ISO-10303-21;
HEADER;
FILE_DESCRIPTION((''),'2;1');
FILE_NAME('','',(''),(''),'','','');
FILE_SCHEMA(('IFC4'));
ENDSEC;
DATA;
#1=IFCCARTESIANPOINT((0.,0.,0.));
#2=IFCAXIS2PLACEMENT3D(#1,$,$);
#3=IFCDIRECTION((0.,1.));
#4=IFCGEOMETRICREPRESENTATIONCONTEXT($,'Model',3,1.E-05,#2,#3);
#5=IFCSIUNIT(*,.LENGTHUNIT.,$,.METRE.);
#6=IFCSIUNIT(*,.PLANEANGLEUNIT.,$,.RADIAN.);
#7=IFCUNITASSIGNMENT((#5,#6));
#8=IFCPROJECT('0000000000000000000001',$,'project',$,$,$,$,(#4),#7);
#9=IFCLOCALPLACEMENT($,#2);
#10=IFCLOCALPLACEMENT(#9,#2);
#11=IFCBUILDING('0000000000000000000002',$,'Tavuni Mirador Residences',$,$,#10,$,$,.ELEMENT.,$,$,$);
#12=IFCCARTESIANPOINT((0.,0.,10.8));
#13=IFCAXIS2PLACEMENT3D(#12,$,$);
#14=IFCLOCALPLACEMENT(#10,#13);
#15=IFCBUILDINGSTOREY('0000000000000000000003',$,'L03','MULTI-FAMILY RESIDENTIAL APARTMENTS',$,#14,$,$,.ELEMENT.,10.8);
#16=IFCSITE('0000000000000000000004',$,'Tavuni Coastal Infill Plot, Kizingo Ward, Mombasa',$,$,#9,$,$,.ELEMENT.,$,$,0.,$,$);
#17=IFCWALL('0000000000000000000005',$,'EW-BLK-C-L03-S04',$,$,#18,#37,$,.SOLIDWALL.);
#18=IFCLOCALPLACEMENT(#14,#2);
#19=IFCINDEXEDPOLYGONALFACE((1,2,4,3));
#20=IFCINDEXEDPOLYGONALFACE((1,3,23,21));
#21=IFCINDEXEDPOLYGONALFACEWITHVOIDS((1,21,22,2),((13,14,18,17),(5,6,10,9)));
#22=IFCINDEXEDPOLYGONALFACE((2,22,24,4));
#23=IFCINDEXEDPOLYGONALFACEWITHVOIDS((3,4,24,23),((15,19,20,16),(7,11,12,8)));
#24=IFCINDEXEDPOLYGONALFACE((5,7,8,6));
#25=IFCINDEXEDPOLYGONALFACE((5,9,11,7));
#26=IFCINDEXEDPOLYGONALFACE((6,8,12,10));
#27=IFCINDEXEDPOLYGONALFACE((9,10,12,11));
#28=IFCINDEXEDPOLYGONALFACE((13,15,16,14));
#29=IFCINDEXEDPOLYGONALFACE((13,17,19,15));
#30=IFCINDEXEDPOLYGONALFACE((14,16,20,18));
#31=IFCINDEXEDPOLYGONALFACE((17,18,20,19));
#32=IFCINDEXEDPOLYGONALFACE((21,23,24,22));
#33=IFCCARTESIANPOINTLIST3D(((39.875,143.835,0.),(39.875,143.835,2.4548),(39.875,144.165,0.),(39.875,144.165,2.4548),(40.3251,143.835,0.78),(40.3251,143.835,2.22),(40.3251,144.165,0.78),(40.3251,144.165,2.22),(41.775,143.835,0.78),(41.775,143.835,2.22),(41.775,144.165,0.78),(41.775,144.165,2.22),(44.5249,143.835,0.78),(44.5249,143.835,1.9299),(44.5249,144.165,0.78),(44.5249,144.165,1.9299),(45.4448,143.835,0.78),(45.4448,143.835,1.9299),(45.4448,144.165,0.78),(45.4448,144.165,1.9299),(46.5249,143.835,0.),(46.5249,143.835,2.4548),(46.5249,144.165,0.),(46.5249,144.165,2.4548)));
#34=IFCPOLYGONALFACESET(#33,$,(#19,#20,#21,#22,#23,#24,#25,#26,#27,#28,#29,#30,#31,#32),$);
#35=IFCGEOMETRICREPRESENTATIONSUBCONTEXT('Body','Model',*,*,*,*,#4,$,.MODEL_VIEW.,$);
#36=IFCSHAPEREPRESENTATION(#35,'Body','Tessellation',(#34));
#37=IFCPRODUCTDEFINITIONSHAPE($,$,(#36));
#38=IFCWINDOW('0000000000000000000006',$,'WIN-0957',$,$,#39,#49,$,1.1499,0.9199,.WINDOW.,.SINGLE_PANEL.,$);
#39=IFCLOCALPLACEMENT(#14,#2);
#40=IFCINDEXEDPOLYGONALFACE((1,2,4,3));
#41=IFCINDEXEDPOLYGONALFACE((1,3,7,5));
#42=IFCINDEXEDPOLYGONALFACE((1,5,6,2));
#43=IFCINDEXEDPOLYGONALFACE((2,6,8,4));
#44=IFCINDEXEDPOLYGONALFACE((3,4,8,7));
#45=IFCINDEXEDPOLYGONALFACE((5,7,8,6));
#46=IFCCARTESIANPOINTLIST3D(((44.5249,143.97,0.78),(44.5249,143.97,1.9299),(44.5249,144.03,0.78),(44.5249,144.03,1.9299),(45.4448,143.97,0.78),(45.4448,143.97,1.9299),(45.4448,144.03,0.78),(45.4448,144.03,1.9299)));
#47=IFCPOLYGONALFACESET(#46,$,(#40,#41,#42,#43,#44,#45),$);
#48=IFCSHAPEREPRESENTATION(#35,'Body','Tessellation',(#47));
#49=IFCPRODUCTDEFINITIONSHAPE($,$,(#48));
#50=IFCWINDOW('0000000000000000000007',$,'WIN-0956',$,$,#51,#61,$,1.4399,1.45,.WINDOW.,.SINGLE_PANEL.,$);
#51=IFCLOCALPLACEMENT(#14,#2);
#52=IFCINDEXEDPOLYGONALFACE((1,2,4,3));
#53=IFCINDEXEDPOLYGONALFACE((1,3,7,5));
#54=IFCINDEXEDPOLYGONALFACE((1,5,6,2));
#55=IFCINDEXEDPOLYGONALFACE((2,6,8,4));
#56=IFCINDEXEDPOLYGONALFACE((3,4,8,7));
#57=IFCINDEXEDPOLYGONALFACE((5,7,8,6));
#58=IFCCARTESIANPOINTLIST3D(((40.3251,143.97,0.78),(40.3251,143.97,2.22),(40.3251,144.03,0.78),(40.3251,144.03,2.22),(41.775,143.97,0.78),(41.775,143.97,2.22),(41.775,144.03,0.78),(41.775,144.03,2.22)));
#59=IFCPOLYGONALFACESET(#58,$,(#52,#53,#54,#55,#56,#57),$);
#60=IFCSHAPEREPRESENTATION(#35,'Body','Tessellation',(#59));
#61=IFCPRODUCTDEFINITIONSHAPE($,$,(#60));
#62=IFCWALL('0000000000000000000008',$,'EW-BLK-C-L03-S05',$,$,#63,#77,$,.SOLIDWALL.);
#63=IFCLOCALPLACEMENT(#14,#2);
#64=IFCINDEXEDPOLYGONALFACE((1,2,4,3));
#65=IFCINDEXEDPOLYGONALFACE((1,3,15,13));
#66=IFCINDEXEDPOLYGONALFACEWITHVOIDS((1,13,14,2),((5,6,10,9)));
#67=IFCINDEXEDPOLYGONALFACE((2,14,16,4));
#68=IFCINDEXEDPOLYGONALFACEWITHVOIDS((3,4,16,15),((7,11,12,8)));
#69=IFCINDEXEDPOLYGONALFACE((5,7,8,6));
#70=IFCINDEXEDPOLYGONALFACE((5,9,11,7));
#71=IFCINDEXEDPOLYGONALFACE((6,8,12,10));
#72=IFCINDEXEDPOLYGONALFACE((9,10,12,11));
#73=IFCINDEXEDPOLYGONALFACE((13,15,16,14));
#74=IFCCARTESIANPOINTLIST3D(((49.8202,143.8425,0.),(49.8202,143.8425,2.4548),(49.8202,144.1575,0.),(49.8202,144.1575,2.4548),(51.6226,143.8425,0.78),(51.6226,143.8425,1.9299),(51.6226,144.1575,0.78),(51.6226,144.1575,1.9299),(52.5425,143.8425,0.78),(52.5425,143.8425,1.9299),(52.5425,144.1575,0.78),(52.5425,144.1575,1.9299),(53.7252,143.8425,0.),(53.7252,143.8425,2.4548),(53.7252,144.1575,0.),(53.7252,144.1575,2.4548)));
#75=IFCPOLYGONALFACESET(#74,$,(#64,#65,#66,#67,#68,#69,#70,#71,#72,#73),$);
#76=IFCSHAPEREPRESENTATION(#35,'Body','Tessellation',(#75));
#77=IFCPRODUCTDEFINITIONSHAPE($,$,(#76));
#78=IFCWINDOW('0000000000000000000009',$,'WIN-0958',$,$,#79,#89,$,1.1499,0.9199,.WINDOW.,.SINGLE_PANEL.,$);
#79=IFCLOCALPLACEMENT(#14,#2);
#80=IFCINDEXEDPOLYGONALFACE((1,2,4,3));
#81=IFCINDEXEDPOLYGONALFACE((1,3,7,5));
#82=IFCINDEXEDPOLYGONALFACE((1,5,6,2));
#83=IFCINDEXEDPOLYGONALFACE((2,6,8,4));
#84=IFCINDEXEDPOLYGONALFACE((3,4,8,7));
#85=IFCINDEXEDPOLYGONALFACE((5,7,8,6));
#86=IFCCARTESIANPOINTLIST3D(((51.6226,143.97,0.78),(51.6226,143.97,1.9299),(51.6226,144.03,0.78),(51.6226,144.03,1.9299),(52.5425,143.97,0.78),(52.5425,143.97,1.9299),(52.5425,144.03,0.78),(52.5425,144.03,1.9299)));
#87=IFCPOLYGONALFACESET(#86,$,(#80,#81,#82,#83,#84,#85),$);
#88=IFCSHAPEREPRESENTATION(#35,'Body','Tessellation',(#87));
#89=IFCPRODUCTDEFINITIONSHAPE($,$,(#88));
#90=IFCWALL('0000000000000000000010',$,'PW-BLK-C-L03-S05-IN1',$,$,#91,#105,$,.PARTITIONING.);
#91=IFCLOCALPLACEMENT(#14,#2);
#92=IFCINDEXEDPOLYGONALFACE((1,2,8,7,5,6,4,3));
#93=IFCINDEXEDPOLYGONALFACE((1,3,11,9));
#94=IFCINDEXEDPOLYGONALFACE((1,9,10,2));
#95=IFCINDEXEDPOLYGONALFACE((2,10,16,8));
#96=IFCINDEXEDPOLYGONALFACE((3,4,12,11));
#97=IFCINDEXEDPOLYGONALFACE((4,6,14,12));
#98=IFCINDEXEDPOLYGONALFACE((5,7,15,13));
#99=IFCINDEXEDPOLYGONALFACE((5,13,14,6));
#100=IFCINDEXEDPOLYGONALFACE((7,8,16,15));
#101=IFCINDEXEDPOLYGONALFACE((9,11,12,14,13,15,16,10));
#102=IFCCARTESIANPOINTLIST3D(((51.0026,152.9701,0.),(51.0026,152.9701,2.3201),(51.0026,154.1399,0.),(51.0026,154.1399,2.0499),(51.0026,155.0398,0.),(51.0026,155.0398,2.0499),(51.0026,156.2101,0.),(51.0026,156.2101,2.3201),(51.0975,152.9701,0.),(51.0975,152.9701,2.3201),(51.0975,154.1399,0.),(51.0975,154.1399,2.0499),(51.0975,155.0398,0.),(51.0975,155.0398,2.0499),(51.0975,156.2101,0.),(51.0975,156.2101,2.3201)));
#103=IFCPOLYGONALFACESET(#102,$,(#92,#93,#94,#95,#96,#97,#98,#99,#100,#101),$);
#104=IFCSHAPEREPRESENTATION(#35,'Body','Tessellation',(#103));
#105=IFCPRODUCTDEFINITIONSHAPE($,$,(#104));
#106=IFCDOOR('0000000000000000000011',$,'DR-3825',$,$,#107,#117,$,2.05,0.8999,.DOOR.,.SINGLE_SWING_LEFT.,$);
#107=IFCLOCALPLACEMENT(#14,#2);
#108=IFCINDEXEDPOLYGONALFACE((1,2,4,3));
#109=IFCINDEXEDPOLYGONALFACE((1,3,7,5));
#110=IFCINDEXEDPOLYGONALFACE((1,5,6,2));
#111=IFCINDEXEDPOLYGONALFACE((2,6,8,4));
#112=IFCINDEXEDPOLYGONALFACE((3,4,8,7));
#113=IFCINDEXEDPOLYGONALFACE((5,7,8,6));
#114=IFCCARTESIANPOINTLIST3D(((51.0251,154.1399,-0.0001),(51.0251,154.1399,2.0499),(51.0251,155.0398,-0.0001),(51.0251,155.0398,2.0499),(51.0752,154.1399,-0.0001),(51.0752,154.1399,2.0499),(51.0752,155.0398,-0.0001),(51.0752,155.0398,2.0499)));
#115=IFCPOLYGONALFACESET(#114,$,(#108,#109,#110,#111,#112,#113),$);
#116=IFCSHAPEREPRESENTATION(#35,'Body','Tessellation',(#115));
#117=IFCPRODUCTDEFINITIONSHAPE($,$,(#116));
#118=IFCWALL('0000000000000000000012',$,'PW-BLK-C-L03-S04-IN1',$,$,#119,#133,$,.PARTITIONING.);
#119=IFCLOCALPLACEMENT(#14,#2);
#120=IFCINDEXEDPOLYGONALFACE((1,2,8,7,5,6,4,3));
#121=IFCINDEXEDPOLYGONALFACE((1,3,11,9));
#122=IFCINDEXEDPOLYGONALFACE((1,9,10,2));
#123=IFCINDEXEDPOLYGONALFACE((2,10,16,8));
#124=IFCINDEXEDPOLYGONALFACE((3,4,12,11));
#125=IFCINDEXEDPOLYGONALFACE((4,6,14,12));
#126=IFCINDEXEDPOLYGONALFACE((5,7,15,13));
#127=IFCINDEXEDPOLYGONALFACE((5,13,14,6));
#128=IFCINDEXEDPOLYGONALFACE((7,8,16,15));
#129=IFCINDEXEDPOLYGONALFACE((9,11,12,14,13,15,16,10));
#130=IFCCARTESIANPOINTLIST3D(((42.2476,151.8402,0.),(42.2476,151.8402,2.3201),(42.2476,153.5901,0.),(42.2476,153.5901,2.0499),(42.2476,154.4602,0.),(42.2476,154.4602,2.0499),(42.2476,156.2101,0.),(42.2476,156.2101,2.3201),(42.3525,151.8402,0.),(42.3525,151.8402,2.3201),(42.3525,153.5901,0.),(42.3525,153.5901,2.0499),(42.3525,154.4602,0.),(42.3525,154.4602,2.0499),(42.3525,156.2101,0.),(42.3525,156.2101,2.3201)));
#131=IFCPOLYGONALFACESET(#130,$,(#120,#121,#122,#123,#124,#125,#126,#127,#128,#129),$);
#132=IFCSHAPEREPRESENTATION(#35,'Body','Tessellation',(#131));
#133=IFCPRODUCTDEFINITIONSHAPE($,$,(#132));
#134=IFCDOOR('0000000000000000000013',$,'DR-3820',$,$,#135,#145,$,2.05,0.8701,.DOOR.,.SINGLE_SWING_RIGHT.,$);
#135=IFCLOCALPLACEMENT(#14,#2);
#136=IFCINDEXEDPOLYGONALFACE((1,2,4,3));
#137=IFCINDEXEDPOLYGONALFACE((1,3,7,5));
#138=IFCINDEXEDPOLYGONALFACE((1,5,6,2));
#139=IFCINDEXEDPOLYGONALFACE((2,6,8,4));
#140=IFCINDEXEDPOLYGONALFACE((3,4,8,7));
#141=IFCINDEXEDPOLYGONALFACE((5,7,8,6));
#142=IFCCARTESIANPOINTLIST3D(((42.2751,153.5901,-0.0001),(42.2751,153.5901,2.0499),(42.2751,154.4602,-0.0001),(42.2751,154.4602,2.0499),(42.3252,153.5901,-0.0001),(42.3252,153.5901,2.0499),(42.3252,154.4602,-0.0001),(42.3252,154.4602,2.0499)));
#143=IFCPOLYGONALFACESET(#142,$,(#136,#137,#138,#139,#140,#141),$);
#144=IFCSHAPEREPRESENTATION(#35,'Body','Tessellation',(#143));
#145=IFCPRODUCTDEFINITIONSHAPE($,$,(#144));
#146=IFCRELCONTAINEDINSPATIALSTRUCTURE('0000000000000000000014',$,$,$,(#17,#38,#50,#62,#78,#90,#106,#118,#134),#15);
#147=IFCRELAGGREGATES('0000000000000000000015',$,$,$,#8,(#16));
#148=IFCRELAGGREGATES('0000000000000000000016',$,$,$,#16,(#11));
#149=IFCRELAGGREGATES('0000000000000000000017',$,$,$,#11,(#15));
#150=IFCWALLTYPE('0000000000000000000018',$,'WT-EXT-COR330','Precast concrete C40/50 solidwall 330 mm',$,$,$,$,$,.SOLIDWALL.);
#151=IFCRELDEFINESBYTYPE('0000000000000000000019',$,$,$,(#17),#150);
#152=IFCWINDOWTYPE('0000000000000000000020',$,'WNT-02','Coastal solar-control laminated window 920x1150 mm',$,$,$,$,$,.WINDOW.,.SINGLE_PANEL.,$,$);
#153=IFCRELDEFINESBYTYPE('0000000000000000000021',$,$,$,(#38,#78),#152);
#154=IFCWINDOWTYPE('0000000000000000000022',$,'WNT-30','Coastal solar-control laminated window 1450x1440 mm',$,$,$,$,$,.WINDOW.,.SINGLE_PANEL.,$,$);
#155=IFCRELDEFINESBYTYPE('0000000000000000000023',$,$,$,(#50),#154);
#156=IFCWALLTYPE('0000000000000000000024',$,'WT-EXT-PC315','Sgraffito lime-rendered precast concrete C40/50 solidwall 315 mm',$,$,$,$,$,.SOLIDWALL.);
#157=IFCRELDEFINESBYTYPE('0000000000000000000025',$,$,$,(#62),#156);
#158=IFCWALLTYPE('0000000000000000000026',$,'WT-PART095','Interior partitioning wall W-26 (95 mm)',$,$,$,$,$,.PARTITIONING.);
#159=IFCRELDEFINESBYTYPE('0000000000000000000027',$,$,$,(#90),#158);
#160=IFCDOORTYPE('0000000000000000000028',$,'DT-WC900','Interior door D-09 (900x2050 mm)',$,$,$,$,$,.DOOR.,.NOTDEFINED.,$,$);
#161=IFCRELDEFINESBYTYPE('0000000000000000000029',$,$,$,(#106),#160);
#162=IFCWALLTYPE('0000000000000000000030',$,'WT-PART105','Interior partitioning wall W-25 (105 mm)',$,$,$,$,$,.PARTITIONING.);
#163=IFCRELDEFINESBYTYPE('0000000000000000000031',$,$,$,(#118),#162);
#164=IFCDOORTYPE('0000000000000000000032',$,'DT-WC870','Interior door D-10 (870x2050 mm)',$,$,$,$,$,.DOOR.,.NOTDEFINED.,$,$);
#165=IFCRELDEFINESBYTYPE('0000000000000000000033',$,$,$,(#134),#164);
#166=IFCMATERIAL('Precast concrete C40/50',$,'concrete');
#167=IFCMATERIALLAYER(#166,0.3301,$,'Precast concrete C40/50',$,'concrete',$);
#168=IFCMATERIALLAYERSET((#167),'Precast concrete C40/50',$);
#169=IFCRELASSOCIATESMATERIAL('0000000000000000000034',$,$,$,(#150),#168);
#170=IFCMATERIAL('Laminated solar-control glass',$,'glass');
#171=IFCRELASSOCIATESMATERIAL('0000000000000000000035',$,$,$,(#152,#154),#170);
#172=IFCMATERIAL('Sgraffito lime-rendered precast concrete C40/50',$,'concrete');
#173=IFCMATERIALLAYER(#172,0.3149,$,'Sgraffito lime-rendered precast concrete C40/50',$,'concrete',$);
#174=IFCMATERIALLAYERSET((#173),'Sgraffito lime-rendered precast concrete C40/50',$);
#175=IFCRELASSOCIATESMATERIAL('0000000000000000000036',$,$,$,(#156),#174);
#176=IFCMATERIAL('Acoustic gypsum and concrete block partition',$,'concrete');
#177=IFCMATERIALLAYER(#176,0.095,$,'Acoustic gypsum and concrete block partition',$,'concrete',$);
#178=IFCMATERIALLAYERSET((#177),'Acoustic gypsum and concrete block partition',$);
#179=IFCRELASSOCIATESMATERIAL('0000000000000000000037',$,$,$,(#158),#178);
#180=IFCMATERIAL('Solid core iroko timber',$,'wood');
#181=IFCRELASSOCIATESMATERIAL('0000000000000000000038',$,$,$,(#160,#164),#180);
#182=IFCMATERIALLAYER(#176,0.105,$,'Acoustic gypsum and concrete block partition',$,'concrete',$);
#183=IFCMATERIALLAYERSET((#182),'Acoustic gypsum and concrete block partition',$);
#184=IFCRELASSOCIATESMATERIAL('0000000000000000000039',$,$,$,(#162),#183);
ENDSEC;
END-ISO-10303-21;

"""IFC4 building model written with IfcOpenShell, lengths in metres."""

from ifc_helpers import new_model, si_unit, direction, frame, frame_2d, origin, place, context, subcontext, project, spatial, rectangle, extrude, material, layer, layer_set, type_object, element, fill, save


model = new_model("IFC4")

# Units and contexts
model_context = context("Model", 3, precision=1e-05, world=origin(), true_north=direction((0.0, 1.0)))
body_context = subcontext(model_context, "Body", "Model", "MODEL_VIEW")
ifc_project = project(units=[si_unit("LENGTHUNIT", "METRE"), si_unit("PLANEANGLEUNIT", "RADIAN")], contexts=[model_context])

# Site, building, storey
site_placement = place(None, origin())
site = spatial("IfcSite", under=ifc_project, at=site_placement, Name="Tavuni Coastal Infill Plot, Kizingo Ward, Mombasa", CompositionType="ELEMENT", RefElevation=0.0)
building_placement = place(site_placement, origin())
building = spatial("IfcBuilding", under=site, at=building_placement, Name="Tavuni Mirador Residences", CompositionType="ELEMENT")
storey_placement = place(building_placement, frame((0.0, 0.0, 10.8)))
storey = spatial("IfcBuildingStorey", under=building, at=storey_placement, Name="L03", Description="MULTI-FAMILY RESIDENTIAL APARTMENTS", CompositionType="ELEMENT", Elevation=10.8)

# Shared definitions
ifc_material_1 = material(Name="Precast concrete C40/50", Category="concrete")

# Wall, openings, windows
ifc_layer_1 = layer(ifc_material_1, 0.3301, Name="Precast concrete C40/50", Category="concrete")
ifc_layer_set_1 = layer_set([ifc_layer_1], Name="Precast concrete C40/50")
wall_type_1 = type_object("IfcWallType", Name="WT-EXT-COR330", Description="Precast concrete C40/50 solidwall 330 mm", PredefinedType="SOLIDWALL", material=ifc_layer_set_1)
wall_1_placement = place(storey_placement, frame((39.875, 144.0, 0.0), z_axis=(0.0, 0.0, 1.0), x_axis=(1.0, 0.0, 0.0)))
wall_1 = element("IfcWall", 1, at=wall_1_placement, inside=storey, type_object=wall_type_1, Name="EW-BLK-C-L03-S04", PredefinedType="SOLIDWALL", context=body_context, shape_type="SweptSolid", body=[
    extrude(rectangle(XDim=6.6499, YDim=0.3301, at=frame_2d((3.325, 0.0))), origin(), (0.0, 0.0, 1.0), 2.4548),
])
opening_1_placement = place(wall_1_placement, frame((0.45, 0.0, 0.78)))
opening_1 = element("IfcOpeningElement", 2, at=opening_1_placement, cuts=wall_1, PredefinedType="OPENING", context=body_context, shape_type="SweptSolid", body=[
    extrude(rectangle(XDim=1.45, YDim=1.4399, at=frame_2d((0.7251, 0.72))), frame((0.0, 0.175, 0.0), z_axis=(0.0, -1.0, 0.0), x_axis=(1.0, 0.0, 0.0)), (0.0, 0.0, 1.0), 0.3501),
])
opening_2_placement = place(wall_1_placement, frame((4.6499, 0.0, 0.78)))
opening_2 = element("IfcOpeningElement", 3, at=opening_2_placement, cuts=wall_1, PredefinedType="OPENING", context=body_context, shape_type="SweptSolid", body=[
    extrude(rectangle(XDim=0.9199, YDim=1.1499, at=frame_2d((0.46, 0.575))), frame((0.0, 0.175, 0.0), z_axis=(0.0, -1.0, 0.0), x_axis=(1.0, 0.0, 0.0)), (0.0, 0.0, 1.0), 0.3501),
])
ifc_material_2 = material(Name="Laminated solar-control glass", Category="glass")
window_type_1 = type_object("IfcWindowType", Name="WNT-02", Description="Coastal solar-control laminated window 920x1150 mm", PartitioningType="SINGLE_PANEL", PredefinedType="WINDOW", material=ifc_material_2)
window_1_placement = place(opening_2_placement, origin())
window_1 = element("IfcWindow", 4, at=window_1_placement, inside=storey, type_object=window_type_1, Name="WIN-0957", OverallHeight=1.1499, OverallWidth=0.9199, PartitioningType="SINGLE_PANEL", PredefinedType="WINDOW", context=body_context, shape_type="SweptSolid", body=[
    extrude(rectangle(XDim=0.9199, YDim=1.1499, at=frame_2d((0.46, 0.575))), frame((0.0, 0.03, 0.0), z_axis=(0.0, -1.0, 0.0), x_axis=(1.0, 0.0, 0.0)), (0.0, 0.0, 1.0), 0.0601),
])
fill(opening_2, window_1)
window_type_2 = type_object("IfcWindowType", Name="WNT-30", Description="Coastal solar-control laminated window 1450x1440 mm", PartitioningType="SINGLE_PANEL", PredefinedType="WINDOW", material=ifc_material_2)
window_2_placement = place(opening_1_placement, origin())
window_2 = element("IfcWindow", 5, at=window_2_placement, inside=storey, type_object=window_type_2, Name="WIN-0956", OverallHeight=1.4399, OverallWidth=1.45, PartitioningType="SINGLE_PANEL", PredefinedType="WINDOW", context=body_context, shape_type="SweptSolid", body=[
    extrude(rectangle(XDim=1.45, YDim=1.4399, at=frame_2d((0.7251, 0.72))), frame((0.0, 0.03, 0.0), z_axis=(0.0, -1.0, 0.0), x_axis=(1.0, 0.0, 0.0)), (0.0, 0.0, 1.0), 0.0601),
])
fill(opening_1, window_2)

# Wall, opening, window
ifc_material_3 = material(Name="Sgraffito lime-rendered precast concrete C40/50", Category="concrete")
ifc_layer_2 = layer(ifc_material_3, 0.3149, Name="Sgraffito lime-rendered precast concrete C40/50", Category="concrete")
ifc_layer_set_2 = layer_set([ifc_layer_2], Name="Sgraffito lime-rendered precast concrete C40/50")
wall_type_2 = type_object("IfcWallType", Name="WT-EXT-PC315", Description="Sgraffito lime-rendered precast concrete C40/50 solidwall 315 mm", PredefinedType="SOLIDWALL", material=ifc_layer_set_2)
wall_2_placement = place(storey_placement, frame((49.8201, 144.0, 0.0), z_axis=(0.0, 0.0, 1.0), x_axis=(1.0, 0.0, 0.0)))
wall_2 = element("IfcWall", 6, at=wall_2_placement, inside=storey, type_object=wall_type_2, Name="EW-BLK-C-L03-S05", PredefinedType="SOLIDWALL", context=body_context, shape_type="SweptSolid", body=[
    extrude(rectangle(XDim=3.905, YDim=0.3149, at=frame_2d((1.9526, 0.0))), origin(), (0.0, 0.0, 1.0), 2.4548),
])
opening_3_placement = place(wall_2_placement, frame((1.8025, 0.0, 0.78)))
opening_3 = element("IfcOpeningElement", 7, at=opening_3_placement, cuts=wall_2, PredefinedType="OPENING", context=body_context, shape_type="SweptSolid", body=[
    extrude(rectangle(XDim=0.9199, YDim=1.1499, at=frame_2d((0.46, 0.575))), frame((0.0, 0.1675, 0.0), z_axis=(0.0, -1.0, 0.0), x_axis=(1.0, 0.0, 0.0)), (0.0, 0.0, 1.0), 0.335),
])
window_3_placement = place(opening_3_placement, origin())
window_3 = element("IfcWindow", 8, at=window_3_placement, inside=storey, type_object=window_type_1, Name="WIN-0958", OverallHeight=1.1499, OverallWidth=0.9199, PartitioningType="SINGLE_PANEL", PredefinedType="WINDOW", context=body_context, shape_type="SweptSolid", body=[
    extrude(rectangle(XDim=0.9199, YDim=1.1499, at=frame_2d((0.46, 0.575))), frame((0.0, 0.03, 0.0), z_axis=(0.0, -1.0, 0.0), x_axis=(1.0, 0.0, 0.0)), (0.0, 0.0, 1.0), 0.0601),
])
fill(opening_3, window_3)

# Walls, openings, doors
ifc_material_4 = material(Name="Acoustic gypsum and concrete block partition", Category="concrete")
ifc_layer_3 = layer(ifc_material_4, 0.095, Name="Acoustic gypsum and concrete block partition", Category="concrete")
ifc_layer_set_3 = layer_set([ifc_layer_3], Name="Acoustic gypsum and concrete block partition")
wall_type_3 = type_object("IfcWallType", Name="WT-PART095", Description="Interior partitioning wall W-26 (95 mm)", PredefinedType="PARTITIONING", material=ifc_layer_set_3)
wall_3_placement = place(storey_placement, frame((51.05, 152.97, 0.0), z_axis=(0.0, 0.0, 1.0), x_axis=(0.0, 1.0, 0.0)))
wall_3 = element("IfcWall", 9, at=wall_3_placement, inside=storey, type_object=wall_type_3, Name="PW-BLK-C-L03-S05-IN1", PredefinedType="PARTITIONING", context=body_context, shape_type="SweptSolid", body=[
    extrude(rectangle(XDim=3.24, YDim=0.095, at=frame_2d((1.6201, 0.0))), origin(), (0.0, 0.0, 1.0), 2.3201),
])
opening_4_placement = place(wall_3_placement, frame((1.1699, 0.0, 0.0)))
opening_4 = element("IfcOpeningElement", 10, at=opening_4_placement, cuts=wall_3, PredefinedType="OPENING", context=body_context, shape_type="SweptSolid", body=[
    extrude(rectangle(XDim=0.8999, YDim=2.05, at=frame_2d((0.45, 1.0249))), frame((0.0, 0.0576, 0.0), z_axis=(0.0, -1.0, 0.0), x_axis=(1.0, 0.0, 0.0)), (0.0, 0.0, 1.0), 0.115),
])
ifc_material_5 = material(Name="Solid core iroko timber", Category="wood")
door_type_1 = type_object("IfcDoorType", Name="DT-WC900", Description="Interior door D-09 (900x2050 mm)", OperationType="NOTDEFINED", PredefinedType="DOOR", material=ifc_material_5)
door_1_placement = place(opening_4_placement, origin())
door_1 = element("IfcDoor", 11, at=door_1_placement, inside=storey, type_object=door_type_1, Name="DR-3825", OperationType="SINGLE_SWING_LEFT", OverallHeight=2.05, OverallWidth=0.8999, PredefinedType="DOOR", context=body_context, shape_type="SweptSolid", body=[
    extrude(rectangle(XDim=0.8999, YDim=2.05, at=frame_2d((0.45, 1.0249))), frame((0.0, 0.0249, 0.0), z_axis=(0.0, -1.0, 0.0), x_axis=(1.0, 0.0, 0.0)), (0.0, 0.0, 1.0), 0.05),
])
fill(opening_4, door_1)
ifc_layer_4 = layer(ifc_material_4, 0.105, Name="Acoustic gypsum and concrete block partition", Category="concrete")
ifc_layer_set_4 = layer_set([ifc_layer_4], Name="Acoustic gypsum and concrete block partition")
wall_type_4 = type_object("IfcWallType", Name="WT-PART105", Description="Interior partitioning wall W-25 (105 mm)", PredefinedType="PARTITIONING", material=ifc_layer_set_4)
wall_4_placement = place(storey_placement, frame((42.3, 151.8401, 0.0), z_axis=(0.0, 0.0, 1.0), x_axis=(0.0, 1.0, 0.0)))
wall_4 = element("IfcWall", 12, at=wall_4_placement, inside=storey, type_object=wall_type_4, Name="PW-BLK-C-L03-S04-IN1", PredefinedType="PARTITIONING", context=body_context, shape_type="SweptSolid", body=[
    extrude(rectangle(XDim=4.3699, YDim=0.105, at=frame_2d((2.1851, 0.0))), origin(), (0.0, 0.0, 1.0), 2.3201),
])
opening_5_placement = place(wall_4_placement, frame((1.75, 0.0, 0.0)))
opening_5 = element("IfcOpeningElement", 13, at=opening_5_placement, cuts=wall_4, PredefinedType="OPENING", context=body_context, shape_type="SweptSolid", body=[
    extrude(rectangle(XDim=0.8701, YDim=2.05, at=frame_2d((0.4351, 1.0249))), frame((0.0, 0.0625, 0.0), z_axis=(0.0, -1.0, 0.0), x_axis=(1.0, 0.0, 0.0)), (0.0, 0.0, 1.0), 0.125),
])
door_type_2 = type_object("IfcDoorType", Name="DT-WC870", Description="Interior door D-10 (870x2050 mm)", OperationType="NOTDEFINED", PredefinedType="DOOR", material=ifc_material_5)
door_2_placement = place(opening_5_placement, origin())
door_2 = element("IfcDoor", 14, at=door_2_placement, inside=storey, type_object=door_type_2, Name="DR-3820", OperationType="SINGLE_SWING_RIGHT", OverallHeight=2.05, OverallWidth=0.8701, PredefinedType="DOOR", context=body_context, shape_type="SweptSolid", body=[
    extrude(rectangle(XDim=0.8701, YDim=2.05, at=frame_2d((0.4351, 1.0249))), frame((0.0, 0.0249, 0.0), z_axis=(0.0, -1.0, 0.0), x_axis=(1.0, 0.0, 0.0)), (0.0, 0.0, 1.0), 0.05),
])
fill(opening_5, door_2)

save(model, "model.ifc")
